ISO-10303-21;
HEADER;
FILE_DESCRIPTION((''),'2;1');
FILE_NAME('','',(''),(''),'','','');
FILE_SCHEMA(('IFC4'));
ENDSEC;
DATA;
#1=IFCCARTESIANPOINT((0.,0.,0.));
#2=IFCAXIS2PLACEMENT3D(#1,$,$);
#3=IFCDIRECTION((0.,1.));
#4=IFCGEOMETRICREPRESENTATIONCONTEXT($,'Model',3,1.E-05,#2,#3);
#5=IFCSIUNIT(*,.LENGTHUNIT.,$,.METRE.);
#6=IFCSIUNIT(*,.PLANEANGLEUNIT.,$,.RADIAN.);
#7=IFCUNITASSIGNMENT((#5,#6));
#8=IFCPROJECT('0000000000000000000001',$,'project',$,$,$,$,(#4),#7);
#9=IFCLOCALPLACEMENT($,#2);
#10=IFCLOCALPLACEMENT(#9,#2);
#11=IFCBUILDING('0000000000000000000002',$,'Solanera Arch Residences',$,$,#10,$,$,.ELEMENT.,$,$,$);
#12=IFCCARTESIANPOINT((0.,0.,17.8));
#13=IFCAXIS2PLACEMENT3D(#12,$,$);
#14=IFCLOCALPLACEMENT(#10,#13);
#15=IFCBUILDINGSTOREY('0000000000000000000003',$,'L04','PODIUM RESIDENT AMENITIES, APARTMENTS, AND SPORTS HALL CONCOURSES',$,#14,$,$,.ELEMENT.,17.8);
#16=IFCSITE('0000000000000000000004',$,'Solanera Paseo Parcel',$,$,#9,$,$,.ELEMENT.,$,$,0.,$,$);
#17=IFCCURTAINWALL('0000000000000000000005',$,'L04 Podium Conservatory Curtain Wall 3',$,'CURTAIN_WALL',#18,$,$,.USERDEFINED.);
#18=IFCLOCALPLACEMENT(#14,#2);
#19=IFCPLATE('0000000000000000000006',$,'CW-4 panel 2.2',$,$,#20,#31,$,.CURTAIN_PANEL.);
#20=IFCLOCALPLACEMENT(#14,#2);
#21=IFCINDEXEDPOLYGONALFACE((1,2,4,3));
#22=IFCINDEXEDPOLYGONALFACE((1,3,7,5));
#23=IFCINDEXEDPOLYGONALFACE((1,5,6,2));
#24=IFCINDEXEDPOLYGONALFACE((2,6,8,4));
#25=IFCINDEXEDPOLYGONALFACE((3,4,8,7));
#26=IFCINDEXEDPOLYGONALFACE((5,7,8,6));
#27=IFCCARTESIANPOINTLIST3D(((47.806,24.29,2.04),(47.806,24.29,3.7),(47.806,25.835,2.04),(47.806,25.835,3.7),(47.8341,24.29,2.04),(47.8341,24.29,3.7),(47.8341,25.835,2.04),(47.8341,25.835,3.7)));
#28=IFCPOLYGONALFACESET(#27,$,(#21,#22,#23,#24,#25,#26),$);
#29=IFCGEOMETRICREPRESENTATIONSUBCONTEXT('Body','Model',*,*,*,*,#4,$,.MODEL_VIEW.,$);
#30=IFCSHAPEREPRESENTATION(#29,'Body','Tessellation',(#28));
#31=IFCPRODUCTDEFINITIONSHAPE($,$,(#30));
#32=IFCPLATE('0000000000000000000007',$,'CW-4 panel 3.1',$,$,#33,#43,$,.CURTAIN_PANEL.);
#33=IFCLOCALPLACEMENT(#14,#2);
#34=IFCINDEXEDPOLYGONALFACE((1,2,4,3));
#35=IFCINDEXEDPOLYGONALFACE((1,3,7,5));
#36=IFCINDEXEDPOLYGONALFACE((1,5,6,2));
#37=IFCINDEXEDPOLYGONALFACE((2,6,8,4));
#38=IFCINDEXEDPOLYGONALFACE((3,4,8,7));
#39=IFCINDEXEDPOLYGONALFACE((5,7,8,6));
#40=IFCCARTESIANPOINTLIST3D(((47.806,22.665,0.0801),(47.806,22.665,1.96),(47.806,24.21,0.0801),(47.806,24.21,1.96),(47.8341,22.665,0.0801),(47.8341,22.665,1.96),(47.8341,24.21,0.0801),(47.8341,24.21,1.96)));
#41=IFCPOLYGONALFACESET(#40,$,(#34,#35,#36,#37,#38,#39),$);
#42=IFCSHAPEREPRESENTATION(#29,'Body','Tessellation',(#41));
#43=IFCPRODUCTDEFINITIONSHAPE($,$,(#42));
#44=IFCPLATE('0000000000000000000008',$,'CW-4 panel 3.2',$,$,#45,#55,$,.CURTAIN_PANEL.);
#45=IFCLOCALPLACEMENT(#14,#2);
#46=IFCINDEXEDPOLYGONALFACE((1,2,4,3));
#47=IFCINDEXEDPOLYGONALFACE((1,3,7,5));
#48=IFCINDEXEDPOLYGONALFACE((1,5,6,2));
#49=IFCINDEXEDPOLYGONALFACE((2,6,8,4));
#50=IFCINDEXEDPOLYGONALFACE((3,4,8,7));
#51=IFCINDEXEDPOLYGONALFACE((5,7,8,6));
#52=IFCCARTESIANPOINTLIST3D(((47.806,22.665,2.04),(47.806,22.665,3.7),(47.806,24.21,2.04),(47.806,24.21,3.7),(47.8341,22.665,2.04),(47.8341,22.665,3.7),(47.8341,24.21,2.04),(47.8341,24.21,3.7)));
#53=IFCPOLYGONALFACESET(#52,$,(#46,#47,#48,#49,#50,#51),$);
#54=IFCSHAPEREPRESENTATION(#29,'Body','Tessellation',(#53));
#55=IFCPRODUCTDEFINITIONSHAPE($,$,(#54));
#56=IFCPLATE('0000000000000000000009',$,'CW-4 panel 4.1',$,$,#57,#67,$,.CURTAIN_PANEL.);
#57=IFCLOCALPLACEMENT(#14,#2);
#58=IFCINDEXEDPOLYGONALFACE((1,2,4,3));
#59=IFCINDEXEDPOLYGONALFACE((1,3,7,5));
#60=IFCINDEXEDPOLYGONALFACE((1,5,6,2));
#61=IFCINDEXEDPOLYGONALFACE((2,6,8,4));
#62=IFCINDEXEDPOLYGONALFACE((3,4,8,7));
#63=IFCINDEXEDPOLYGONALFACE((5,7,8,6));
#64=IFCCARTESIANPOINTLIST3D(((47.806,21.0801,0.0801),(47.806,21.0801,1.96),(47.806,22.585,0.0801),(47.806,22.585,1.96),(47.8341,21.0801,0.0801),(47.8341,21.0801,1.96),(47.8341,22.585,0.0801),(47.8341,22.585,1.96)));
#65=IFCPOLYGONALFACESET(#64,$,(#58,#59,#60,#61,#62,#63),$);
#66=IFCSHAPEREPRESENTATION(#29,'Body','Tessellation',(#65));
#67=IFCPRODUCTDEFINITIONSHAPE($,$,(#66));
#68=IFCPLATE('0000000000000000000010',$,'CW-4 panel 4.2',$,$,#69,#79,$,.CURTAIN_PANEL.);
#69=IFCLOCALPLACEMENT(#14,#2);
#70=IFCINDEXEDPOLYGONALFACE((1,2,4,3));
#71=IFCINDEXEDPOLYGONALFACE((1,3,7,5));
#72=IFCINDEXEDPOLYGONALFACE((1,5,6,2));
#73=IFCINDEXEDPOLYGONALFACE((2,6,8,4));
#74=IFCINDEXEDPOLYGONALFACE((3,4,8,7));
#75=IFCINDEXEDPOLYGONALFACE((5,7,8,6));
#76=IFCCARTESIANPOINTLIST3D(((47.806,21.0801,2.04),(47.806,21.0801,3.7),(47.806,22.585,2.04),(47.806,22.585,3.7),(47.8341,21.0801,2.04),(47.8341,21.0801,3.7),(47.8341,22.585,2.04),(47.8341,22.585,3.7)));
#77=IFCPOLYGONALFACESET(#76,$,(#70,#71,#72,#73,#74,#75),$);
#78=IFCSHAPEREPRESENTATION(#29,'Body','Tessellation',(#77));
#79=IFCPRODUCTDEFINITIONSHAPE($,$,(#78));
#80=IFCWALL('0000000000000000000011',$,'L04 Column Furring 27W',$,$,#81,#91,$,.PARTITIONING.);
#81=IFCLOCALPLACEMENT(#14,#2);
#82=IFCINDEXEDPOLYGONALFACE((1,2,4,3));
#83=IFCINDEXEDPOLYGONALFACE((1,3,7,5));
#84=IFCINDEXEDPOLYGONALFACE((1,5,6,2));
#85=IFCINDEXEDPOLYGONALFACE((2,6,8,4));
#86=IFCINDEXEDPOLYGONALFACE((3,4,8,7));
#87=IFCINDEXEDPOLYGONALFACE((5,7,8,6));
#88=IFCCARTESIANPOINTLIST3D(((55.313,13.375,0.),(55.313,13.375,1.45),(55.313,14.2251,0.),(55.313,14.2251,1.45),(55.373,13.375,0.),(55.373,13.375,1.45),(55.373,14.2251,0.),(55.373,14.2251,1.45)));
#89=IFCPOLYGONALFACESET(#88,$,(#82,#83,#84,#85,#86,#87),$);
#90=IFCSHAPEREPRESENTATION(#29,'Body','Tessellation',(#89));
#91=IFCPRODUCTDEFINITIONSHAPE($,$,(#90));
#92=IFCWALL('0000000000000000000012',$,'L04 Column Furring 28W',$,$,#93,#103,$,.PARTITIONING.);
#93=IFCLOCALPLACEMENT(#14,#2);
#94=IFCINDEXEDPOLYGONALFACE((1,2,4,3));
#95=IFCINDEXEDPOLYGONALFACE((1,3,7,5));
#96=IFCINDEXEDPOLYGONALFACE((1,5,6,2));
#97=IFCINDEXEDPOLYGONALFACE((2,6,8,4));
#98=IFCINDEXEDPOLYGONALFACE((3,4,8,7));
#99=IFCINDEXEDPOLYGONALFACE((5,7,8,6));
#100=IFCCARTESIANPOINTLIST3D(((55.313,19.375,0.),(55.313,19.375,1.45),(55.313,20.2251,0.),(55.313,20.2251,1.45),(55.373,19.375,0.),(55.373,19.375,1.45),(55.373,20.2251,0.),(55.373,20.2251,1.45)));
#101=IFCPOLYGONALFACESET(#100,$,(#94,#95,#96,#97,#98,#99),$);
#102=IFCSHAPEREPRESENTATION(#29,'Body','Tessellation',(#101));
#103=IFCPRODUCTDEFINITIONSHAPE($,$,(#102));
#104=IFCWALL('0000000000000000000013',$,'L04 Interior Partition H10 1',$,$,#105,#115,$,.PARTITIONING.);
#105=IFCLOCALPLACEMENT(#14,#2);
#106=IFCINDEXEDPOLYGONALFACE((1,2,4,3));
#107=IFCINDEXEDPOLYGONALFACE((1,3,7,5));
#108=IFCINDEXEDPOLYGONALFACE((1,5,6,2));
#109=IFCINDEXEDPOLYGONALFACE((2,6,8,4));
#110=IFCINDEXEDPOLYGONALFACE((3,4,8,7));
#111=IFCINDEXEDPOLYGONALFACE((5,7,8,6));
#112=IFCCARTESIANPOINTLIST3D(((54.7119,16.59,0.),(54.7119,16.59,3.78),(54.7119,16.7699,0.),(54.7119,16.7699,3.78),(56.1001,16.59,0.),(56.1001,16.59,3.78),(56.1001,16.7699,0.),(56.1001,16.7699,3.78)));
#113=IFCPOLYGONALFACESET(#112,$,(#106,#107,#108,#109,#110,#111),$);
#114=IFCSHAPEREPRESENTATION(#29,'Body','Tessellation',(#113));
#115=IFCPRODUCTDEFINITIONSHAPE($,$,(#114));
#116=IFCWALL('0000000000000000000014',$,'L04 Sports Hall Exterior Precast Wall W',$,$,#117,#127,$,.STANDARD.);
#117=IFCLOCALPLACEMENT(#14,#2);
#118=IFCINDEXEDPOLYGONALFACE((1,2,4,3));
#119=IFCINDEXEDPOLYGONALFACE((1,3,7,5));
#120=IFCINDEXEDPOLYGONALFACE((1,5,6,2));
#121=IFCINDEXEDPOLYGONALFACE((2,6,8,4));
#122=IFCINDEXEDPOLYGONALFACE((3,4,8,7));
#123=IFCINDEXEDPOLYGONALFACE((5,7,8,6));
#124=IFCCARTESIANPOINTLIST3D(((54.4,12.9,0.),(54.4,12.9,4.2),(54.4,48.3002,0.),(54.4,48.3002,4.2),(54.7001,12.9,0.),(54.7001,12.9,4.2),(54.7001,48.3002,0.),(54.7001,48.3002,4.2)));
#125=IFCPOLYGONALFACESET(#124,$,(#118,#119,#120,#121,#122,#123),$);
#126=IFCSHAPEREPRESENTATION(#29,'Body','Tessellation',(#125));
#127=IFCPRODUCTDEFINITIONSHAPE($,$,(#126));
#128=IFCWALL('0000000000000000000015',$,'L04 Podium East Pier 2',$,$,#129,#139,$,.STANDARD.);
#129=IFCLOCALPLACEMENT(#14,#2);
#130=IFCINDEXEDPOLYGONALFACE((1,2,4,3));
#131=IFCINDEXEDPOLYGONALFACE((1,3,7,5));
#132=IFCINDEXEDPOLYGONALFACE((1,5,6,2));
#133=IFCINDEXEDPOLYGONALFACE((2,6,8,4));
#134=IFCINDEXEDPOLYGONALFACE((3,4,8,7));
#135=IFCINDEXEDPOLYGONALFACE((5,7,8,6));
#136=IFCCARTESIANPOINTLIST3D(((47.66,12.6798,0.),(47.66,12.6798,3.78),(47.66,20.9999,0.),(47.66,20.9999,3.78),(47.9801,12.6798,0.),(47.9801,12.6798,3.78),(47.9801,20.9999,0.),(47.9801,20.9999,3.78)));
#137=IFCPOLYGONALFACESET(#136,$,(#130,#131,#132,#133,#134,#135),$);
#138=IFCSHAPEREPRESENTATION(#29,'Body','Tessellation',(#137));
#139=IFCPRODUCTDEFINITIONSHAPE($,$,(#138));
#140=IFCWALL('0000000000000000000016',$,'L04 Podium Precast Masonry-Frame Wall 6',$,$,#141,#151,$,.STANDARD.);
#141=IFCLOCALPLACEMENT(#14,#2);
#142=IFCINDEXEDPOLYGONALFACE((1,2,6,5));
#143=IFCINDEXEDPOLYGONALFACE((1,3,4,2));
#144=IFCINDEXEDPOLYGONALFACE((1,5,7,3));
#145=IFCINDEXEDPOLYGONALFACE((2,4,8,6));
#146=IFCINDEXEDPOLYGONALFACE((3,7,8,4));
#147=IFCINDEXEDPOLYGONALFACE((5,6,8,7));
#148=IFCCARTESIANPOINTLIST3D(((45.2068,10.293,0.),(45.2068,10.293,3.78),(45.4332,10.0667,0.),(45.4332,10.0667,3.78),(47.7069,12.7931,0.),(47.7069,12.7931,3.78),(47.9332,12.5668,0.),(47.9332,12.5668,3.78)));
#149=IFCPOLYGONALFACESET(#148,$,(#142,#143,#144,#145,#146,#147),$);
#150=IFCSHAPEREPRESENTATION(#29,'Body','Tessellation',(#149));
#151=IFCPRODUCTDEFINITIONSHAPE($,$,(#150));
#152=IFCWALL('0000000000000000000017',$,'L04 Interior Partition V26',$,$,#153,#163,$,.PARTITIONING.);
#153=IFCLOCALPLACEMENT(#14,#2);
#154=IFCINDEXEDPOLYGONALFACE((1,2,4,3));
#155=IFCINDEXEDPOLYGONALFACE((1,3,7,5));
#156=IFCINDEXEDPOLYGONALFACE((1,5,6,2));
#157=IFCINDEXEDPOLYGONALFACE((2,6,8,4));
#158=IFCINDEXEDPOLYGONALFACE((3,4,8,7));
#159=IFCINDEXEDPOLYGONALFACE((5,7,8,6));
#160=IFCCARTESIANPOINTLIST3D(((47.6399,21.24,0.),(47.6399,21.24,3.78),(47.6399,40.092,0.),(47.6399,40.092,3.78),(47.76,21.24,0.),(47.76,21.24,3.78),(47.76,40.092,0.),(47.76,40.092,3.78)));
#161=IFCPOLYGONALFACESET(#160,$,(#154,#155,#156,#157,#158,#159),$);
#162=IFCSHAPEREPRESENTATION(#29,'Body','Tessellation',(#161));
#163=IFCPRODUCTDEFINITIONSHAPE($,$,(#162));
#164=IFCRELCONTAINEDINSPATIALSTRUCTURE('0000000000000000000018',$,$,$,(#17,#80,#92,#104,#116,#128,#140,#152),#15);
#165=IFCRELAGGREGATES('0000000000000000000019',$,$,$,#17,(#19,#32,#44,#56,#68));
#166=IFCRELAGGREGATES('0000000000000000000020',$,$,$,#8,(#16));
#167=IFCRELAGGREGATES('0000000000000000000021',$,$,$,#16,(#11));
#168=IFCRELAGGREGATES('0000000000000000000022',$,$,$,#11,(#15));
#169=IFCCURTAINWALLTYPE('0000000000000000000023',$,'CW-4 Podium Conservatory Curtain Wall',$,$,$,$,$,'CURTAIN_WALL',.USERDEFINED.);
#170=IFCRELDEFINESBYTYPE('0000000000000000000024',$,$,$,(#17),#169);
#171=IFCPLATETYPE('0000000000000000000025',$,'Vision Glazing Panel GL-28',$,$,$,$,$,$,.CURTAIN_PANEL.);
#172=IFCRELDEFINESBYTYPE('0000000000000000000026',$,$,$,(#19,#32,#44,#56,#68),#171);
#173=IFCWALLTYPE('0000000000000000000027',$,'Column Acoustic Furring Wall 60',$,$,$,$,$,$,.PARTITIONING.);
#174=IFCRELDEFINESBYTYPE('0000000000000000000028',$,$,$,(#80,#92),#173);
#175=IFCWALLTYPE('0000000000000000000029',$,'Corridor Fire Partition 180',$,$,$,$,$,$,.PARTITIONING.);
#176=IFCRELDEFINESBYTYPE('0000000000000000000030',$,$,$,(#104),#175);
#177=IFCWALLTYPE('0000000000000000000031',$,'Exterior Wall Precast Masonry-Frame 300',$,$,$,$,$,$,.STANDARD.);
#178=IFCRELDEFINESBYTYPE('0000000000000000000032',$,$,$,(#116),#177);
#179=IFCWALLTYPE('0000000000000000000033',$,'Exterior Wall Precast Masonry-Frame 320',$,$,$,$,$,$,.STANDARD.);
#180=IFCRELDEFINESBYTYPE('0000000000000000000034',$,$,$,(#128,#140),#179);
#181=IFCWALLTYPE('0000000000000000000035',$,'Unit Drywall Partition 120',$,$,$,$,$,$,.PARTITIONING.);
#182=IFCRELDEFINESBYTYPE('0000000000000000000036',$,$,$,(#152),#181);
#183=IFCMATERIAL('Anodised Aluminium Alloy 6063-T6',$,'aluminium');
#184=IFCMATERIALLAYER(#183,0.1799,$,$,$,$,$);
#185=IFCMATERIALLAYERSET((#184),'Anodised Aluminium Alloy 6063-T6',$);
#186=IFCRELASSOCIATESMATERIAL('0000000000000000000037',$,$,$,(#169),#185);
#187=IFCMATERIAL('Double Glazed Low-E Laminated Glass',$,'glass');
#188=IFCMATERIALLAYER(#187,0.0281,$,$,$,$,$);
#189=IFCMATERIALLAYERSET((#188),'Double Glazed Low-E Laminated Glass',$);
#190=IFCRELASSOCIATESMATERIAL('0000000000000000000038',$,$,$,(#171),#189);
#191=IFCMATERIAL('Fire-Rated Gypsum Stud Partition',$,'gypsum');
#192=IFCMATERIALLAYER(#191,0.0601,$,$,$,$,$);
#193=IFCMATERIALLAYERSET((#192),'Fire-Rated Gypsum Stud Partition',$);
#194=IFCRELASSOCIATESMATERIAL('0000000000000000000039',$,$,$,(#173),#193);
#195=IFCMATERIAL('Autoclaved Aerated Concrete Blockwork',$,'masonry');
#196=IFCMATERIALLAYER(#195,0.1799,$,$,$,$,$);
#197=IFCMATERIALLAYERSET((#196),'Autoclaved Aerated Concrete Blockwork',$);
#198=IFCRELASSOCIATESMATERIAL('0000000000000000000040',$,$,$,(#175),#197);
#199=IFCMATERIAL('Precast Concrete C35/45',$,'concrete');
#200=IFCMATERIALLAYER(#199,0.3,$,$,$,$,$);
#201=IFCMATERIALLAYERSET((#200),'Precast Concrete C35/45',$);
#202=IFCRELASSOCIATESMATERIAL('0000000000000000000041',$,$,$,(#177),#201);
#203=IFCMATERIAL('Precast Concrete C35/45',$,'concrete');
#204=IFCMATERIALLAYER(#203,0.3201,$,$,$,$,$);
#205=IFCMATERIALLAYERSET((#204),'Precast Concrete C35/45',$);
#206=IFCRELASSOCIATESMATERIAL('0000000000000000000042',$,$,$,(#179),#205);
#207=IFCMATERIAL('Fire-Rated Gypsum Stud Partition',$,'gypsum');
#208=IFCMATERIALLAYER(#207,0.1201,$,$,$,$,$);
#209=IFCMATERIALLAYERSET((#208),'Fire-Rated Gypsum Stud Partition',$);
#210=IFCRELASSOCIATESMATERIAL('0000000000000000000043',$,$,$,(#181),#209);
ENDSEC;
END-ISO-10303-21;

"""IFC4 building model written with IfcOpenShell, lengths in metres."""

from ifc_helpers import new_model, si_unit, direction, frame, frame_2d, origin, origin_2d, place, context, subcontext, project, spatial, rectangle, extrude, material, layer, layer_set, type_object, element, aggregate, save


model = new_model("IFC4")

# Units and contexts
model_context = context("Model", 3, precision=1e-05, world=origin(), true_north=direction((0.0, 1.0)))
body_context = subcontext(model_context, "Body", "Model", "MODEL_VIEW")
ifc_project = project(units=[si_unit("LENGTHUNIT", "METRE"), si_unit("PLANEANGLEUNIT", "RADIAN")], contexts=[model_context])

# Site, building, storey
site_placement = place(None, origin())
site = spatial("IfcSite", under=ifc_project, at=site_placement, Name="Solanera Paseo Parcel", CompositionType="ELEMENT", RefElevation=0.0)
building_placement = place(site_placement, origin())
building = spatial("IfcBuilding", under=site, at=building_placement, Name="Solanera Arch Residences", CompositionType="ELEMENT")
storey_placement = place(building_placement, frame((0.0, 0.0, 17.8)))
storey = spatial("IfcBuildingStorey", under=building, at=storey_placement, Name="L04", Description="PODIUM RESIDENT AMENITIES, APARTMENTS, AND SPORTS HALL CONCOURSES", CompositionType="ELEMENT", Elevation=17.8)

# Curtain wall, plates
ifc_material_1 = material(Name="Anodised Aluminium Alloy 6063-T6", Category="aluminium")
ifc_layer_1 = layer(ifc_material_1, 0.1799)
ifc_layer_set_1 = layer_set([ifc_layer_1], Name="Anodised Aluminium Alloy 6063-T6")
curtain_wall_type = type_object("IfcCurtainWallType", Name="CW-4 Podium Conservatory Curtain Wall", ElementType="CURTAIN_WALL", PredefinedType="USERDEFINED", material=ifc_layer_set_1)
curtain_wall_placement = place(storey_placement, origin())
curtain_wall = element("IfcCurtainWall", 1, at=curtain_wall_placement, inside=storey, type_object=curtain_wall_type, Name="L04 Podium Conservatory Curtain Wall 3", ObjectType="CURTAIN_WALL", PredefinedType="USERDEFINED")
ifc_material_2 = material(Name="Double Glazed Low-E Laminated Glass", Category="glass")
ifc_layer_2 = layer(ifc_material_2, 0.0281)
ifc_layer_set_2 = layer_set([ifc_layer_2], Name="Double Glazed Low-E Laminated Glass")
plate_type = type_object("IfcPlateType", Name="Vision Glazing Panel GL-28", PredefinedType="CURTAIN_PANEL", material=ifc_layer_set_2)
plate_1_placement = place(storey_placement, frame((47.8201, 25.0625, 2.04), z_axis=(0.0, 0.0, 1.0), x_axis=(0.0, -1.0, 0.0)))
plate_1 = element("IfcPlate", 2, at=plate_1_placement, type_object=plate_type, Name="CW-4 panel 2.2", PredefinedType="CURTAIN_PANEL", context=body_context, shape_type="SweptSolid", body=[
    extrude(rectangle(XDim=1.5449, YDim=0.0281, at=origin_2d()), origin(), (0.0, 0.0, 1.0), 1.6599),
])
plate_2_placement = place(storey_placement, frame((47.8201, 23.4375, 0.0801), z_axis=(0.0, 0.0, 1.0), x_axis=(0.0, -1.0, 0.0)))
plate_2 = element("IfcPlate", 3, at=plate_2_placement, type_object=plate_type, Name="CW-4 panel 3.1", PredefinedType="CURTAIN_PANEL", context=body_context, shape_type="SweptSolid", body=[
    extrude(rectangle(XDim=1.5449, YDim=0.0281, at=origin_2d()), origin(), (0.0, 0.0, 1.0), 1.8799),
])
plate_3_placement = place(storey_placement, frame((47.8201, 23.4375, 2.04), z_axis=(0.0, 0.0, 1.0), x_axis=(0.0, -1.0, 0.0)))
plate_3 = element("IfcPlate", 4, at=plate_3_placement, type_object=plate_type, Name="CW-4 panel 3.2", PredefinedType="CURTAIN_PANEL", context=body_context, shape_type="SweptSolid", body=[
    extrude(rectangle(XDim=1.5449, YDim=0.0281, at=origin_2d()), origin(), (0.0, 0.0, 1.0), 1.6599),
])
plate_4_placement = place(storey_placement, frame((47.8201, 21.8325, 0.0801), z_axis=(0.0, 0.0, 1.0), x_axis=(0.0, -1.0, 0.0)))
plate_4 = element("IfcPlate", 5, at=plate_4_placement, type_object=plate_type, Name="CW-4 panel 4.1", PredefinedType="CURTAIN_PANEL", context=body_context, shape_type="SweptSolid", body=[
    extrude(rectangle(XDim=1.5049, YDim=0.0281, at=origin_2d()), origin(), (0.0, 0.0, 1.0), 1.8799),
])
plate_5_placement = place(storey_placement, frame((47.8201, 21.8325, 2.04), z_axis=(0.0, 0.0, 1.0), x_axis=(0.0, -1.0, 0.0)))
plate_5 = element("IfcPlate", 6, at=plate_5_placement, type_object=plate_type, Name="CW-4 panel 4.2", PredefinedType="CURTAIN_PANEL", context=body_context, shape_type="SweptSolid", body=[
    extrude(rectangle(XDim=1.5049, YDim=0.0281, at=origin_2d()), origin(), (0.0, 0.0, 1.0), 1.6599),
])
aggregate(curtain_wall, [plate_1, plate_2, plate_3, plate_4, plate_5])

# Walls
ifc_material_3 = material(Name="Fire-Rated Gypsum Stud Partition", Category="gypsum")
ifc_layer_3 = layer(ifc_material_3, 0.0601)
ifc_layer_set_3 = layer_set([ifc_layer_3], Name="Fire-Rated Gypsum Stud Partition")
wall_type_1 = type_object("IfcWallType", Name="Column Acoustic Furring Wall 60", PredefinedType="PARTITIONING", material=ifc_layer_set_3)
for number, where, z_axis, x_axis, name in (
    (7, (55.343, 13.375, 0.0), (0.0, 0.0, 1.0), (0.0, 1.0, 0.0), "L04 Column Furring 27W"),
    (8, (55.343, 19.375, 0.0), (0.0, 0.0, 1.0), (0.0, 1.0, 0.0), "L04 Column Furring 28W"),
):
    element("IfcWall", number, at=place(storey_placement, frame(where, z_axis=z_axis, x_axis=x_axis)), inside=storey, type_object=wall_type_1, Name=name, PredefinedType="PARTITIONING", context=body_context, shape_type="SweptSolid", body=[
        extrude(rectangle(XDim=0.8501, YDim=0.0601, at=frame_2d((0.425, 0.0))), origin(), (0.0, 0.0, 1.0), 1.45),
    ])
ifc_material_4 = material(Name="Autoclaved Aerated Concrete Blockwork", Category="masonry")
ifc_layer_4 = layer(ifc_material_4, 0.1799)
ifc_layer_set_4 = layer_set([ifc_layer_4], Name="Autoclaved Aerated Concrete Blockwork")
wall_type_2 = type_object("IfcWallType", Name="Corridor Fire Partition 180", PredefinedType="PARTITIONING", material=ifc_layer_set_4)
wall_1_placement = place(storey_placement, frame((54.7119, 16.6799, 0.0), z_axis=(0.0, 0.0, 1.0), x_axis=(1.0, 0.0, 0.0)))
element("IfcWall", 9, at=wall_1_placement, inside=storey, type_object=wall_type_2, Name="L04 Interior Partition H10 1", PredefinedType="PARTITIONING", context=body_context, shape_type="SweptSolid", body=[
    extrude(rectangle(XDim=1.3882, YDim=0.1799, at=frame_2d((0.6941, 0.0))), origin(), (0.0, 0.0, 1.0), 3.78),
])
ifc_material_5 = material(Name="Precast Concrete C35/45", Category="concrete")
ifc_layer_5 = layer(ifc_material_5, 0.3)
ifc_layer_set_5 = layer_set([ifc_layer_5], Name="Precast Concrete C35/45")
wall_type_3 = type_object("IfcWallType", Name="Exterior Wall Precast Masonry-Frame 300", PredefinedType="STANDARD", material=ifc_layer_set_5)
wall_2_placement = place(storey_placement, frame((54.55, 12.8999, 0.0), z_axis=(0.0, 0.0, 1.0), x_axis=(0.0, 1.0, 0.0)))
element("IfcWall", 10, at=wall_2_placement, inside=storey, type_object=wall_type_3, Name="L04 Sports Hall Exterior Precast Wall W", PredefinedType="STANDARD", context=body_context, shape_type="SweptSolid", body=[
    extrude(rectangle(XDim=35.4001, YDim=0.3, at=frame_2d((17.7002, 0.0))), origin(), (0.0, 0.0, 1.0), 4.2),
])
ifc_material_6 = material(Name="Precast Concrete C35/45", Category="concrete")
ifc_layer_6 = layer(ifc_material_6, 0.3201)
ifc_layer_set_6 = layer_set([ifc_layer_6], Name="Precast Concrete C35/45")
wall_type_4 = type_object("IfcWallType", Name="Exterior Wall Precast Masonry-Frame 320", PredefinedType="STANDARD", material=ifc_layer_set_6)
wall_3_placement = place(storey_placement, frame((47.8201, 21.0, 0.0), z_axis=(0.0, 0.0, 1.0), x_axis=(0.0, -1.0, 0.0)))
element("IfcWall", 11, at=wall_3_placement, inside=storey, type_object=wall_type_4, Name="L04 Podium East Pier 2", PredefinedType="STANDARD", context=body_context, shape_type="SweptSolid", body=[
    extrude(rectangle(XDim=8.3201, YDim=0.3201, at=frame_2d((4.1602, 0.0))), origin(), (0.0, 0.0, 1.0), 3.78),
])
wall_4_placement = place(storey_placement, frame((47.8201, 12.6799, 0.0), z_axis=(0.0, 0.0, 1.0), x_axis=(-0.707107, -0.707107, 0.0)))
element("IfcWall", 12, at=wall_4_placement, inside=storey, type_object=wall_type_4, Name="L04 Podium Precast Masonry-Frame Wall 6", PredefinedType="STANDARD", context=body_context, shape_type="SweptSolid", body=[
    extrude(rectangle(XDim=3.5356, YDim=0.3201, at=frame_2d((1.7678, 0.0))), origin(), (0.0, 0.0, 1.0), 3.78),
])
ifc_material_7 = material(Name="Fire-Rated Gypsum Stud Partition", Category="gypsum")
ifc_layer_7 = layer(ifc_material_7, 0.1201)
ifc_layer_set_7 = layer_set([ifc_layer_7], Name="Fire-Rated Gypsum Stud Partition")
wall_type_5 = type_object("IfcWallType", Name="Unit Drywall Partition 120", PredefinedType="PARTITIONING", material=ifc_layer_set_7)
wall_5_placement = place(storey_placement, frame((47.7, 21.24, 0.0), z_axis=(0.0, 0.0, 1.0), x_axis=(0.0, 1.0, 0.0)))
element("IfcWall", 13, at=wall_5_placement, inside=storey, type_object=wall_type_5, Name="L04 Interior Partition V26", PredefinedType="PARTITIONING", context=body_context, shape_type="SweptSolid", body=[
    extrude(rectangle(XDim=18.8521, YDim=0.1201, at=frame_2d((9.426, 0.0))), origin(), (0.0, 0.0, 1.0), 3.78),
])

save(model, "model.ifc")
